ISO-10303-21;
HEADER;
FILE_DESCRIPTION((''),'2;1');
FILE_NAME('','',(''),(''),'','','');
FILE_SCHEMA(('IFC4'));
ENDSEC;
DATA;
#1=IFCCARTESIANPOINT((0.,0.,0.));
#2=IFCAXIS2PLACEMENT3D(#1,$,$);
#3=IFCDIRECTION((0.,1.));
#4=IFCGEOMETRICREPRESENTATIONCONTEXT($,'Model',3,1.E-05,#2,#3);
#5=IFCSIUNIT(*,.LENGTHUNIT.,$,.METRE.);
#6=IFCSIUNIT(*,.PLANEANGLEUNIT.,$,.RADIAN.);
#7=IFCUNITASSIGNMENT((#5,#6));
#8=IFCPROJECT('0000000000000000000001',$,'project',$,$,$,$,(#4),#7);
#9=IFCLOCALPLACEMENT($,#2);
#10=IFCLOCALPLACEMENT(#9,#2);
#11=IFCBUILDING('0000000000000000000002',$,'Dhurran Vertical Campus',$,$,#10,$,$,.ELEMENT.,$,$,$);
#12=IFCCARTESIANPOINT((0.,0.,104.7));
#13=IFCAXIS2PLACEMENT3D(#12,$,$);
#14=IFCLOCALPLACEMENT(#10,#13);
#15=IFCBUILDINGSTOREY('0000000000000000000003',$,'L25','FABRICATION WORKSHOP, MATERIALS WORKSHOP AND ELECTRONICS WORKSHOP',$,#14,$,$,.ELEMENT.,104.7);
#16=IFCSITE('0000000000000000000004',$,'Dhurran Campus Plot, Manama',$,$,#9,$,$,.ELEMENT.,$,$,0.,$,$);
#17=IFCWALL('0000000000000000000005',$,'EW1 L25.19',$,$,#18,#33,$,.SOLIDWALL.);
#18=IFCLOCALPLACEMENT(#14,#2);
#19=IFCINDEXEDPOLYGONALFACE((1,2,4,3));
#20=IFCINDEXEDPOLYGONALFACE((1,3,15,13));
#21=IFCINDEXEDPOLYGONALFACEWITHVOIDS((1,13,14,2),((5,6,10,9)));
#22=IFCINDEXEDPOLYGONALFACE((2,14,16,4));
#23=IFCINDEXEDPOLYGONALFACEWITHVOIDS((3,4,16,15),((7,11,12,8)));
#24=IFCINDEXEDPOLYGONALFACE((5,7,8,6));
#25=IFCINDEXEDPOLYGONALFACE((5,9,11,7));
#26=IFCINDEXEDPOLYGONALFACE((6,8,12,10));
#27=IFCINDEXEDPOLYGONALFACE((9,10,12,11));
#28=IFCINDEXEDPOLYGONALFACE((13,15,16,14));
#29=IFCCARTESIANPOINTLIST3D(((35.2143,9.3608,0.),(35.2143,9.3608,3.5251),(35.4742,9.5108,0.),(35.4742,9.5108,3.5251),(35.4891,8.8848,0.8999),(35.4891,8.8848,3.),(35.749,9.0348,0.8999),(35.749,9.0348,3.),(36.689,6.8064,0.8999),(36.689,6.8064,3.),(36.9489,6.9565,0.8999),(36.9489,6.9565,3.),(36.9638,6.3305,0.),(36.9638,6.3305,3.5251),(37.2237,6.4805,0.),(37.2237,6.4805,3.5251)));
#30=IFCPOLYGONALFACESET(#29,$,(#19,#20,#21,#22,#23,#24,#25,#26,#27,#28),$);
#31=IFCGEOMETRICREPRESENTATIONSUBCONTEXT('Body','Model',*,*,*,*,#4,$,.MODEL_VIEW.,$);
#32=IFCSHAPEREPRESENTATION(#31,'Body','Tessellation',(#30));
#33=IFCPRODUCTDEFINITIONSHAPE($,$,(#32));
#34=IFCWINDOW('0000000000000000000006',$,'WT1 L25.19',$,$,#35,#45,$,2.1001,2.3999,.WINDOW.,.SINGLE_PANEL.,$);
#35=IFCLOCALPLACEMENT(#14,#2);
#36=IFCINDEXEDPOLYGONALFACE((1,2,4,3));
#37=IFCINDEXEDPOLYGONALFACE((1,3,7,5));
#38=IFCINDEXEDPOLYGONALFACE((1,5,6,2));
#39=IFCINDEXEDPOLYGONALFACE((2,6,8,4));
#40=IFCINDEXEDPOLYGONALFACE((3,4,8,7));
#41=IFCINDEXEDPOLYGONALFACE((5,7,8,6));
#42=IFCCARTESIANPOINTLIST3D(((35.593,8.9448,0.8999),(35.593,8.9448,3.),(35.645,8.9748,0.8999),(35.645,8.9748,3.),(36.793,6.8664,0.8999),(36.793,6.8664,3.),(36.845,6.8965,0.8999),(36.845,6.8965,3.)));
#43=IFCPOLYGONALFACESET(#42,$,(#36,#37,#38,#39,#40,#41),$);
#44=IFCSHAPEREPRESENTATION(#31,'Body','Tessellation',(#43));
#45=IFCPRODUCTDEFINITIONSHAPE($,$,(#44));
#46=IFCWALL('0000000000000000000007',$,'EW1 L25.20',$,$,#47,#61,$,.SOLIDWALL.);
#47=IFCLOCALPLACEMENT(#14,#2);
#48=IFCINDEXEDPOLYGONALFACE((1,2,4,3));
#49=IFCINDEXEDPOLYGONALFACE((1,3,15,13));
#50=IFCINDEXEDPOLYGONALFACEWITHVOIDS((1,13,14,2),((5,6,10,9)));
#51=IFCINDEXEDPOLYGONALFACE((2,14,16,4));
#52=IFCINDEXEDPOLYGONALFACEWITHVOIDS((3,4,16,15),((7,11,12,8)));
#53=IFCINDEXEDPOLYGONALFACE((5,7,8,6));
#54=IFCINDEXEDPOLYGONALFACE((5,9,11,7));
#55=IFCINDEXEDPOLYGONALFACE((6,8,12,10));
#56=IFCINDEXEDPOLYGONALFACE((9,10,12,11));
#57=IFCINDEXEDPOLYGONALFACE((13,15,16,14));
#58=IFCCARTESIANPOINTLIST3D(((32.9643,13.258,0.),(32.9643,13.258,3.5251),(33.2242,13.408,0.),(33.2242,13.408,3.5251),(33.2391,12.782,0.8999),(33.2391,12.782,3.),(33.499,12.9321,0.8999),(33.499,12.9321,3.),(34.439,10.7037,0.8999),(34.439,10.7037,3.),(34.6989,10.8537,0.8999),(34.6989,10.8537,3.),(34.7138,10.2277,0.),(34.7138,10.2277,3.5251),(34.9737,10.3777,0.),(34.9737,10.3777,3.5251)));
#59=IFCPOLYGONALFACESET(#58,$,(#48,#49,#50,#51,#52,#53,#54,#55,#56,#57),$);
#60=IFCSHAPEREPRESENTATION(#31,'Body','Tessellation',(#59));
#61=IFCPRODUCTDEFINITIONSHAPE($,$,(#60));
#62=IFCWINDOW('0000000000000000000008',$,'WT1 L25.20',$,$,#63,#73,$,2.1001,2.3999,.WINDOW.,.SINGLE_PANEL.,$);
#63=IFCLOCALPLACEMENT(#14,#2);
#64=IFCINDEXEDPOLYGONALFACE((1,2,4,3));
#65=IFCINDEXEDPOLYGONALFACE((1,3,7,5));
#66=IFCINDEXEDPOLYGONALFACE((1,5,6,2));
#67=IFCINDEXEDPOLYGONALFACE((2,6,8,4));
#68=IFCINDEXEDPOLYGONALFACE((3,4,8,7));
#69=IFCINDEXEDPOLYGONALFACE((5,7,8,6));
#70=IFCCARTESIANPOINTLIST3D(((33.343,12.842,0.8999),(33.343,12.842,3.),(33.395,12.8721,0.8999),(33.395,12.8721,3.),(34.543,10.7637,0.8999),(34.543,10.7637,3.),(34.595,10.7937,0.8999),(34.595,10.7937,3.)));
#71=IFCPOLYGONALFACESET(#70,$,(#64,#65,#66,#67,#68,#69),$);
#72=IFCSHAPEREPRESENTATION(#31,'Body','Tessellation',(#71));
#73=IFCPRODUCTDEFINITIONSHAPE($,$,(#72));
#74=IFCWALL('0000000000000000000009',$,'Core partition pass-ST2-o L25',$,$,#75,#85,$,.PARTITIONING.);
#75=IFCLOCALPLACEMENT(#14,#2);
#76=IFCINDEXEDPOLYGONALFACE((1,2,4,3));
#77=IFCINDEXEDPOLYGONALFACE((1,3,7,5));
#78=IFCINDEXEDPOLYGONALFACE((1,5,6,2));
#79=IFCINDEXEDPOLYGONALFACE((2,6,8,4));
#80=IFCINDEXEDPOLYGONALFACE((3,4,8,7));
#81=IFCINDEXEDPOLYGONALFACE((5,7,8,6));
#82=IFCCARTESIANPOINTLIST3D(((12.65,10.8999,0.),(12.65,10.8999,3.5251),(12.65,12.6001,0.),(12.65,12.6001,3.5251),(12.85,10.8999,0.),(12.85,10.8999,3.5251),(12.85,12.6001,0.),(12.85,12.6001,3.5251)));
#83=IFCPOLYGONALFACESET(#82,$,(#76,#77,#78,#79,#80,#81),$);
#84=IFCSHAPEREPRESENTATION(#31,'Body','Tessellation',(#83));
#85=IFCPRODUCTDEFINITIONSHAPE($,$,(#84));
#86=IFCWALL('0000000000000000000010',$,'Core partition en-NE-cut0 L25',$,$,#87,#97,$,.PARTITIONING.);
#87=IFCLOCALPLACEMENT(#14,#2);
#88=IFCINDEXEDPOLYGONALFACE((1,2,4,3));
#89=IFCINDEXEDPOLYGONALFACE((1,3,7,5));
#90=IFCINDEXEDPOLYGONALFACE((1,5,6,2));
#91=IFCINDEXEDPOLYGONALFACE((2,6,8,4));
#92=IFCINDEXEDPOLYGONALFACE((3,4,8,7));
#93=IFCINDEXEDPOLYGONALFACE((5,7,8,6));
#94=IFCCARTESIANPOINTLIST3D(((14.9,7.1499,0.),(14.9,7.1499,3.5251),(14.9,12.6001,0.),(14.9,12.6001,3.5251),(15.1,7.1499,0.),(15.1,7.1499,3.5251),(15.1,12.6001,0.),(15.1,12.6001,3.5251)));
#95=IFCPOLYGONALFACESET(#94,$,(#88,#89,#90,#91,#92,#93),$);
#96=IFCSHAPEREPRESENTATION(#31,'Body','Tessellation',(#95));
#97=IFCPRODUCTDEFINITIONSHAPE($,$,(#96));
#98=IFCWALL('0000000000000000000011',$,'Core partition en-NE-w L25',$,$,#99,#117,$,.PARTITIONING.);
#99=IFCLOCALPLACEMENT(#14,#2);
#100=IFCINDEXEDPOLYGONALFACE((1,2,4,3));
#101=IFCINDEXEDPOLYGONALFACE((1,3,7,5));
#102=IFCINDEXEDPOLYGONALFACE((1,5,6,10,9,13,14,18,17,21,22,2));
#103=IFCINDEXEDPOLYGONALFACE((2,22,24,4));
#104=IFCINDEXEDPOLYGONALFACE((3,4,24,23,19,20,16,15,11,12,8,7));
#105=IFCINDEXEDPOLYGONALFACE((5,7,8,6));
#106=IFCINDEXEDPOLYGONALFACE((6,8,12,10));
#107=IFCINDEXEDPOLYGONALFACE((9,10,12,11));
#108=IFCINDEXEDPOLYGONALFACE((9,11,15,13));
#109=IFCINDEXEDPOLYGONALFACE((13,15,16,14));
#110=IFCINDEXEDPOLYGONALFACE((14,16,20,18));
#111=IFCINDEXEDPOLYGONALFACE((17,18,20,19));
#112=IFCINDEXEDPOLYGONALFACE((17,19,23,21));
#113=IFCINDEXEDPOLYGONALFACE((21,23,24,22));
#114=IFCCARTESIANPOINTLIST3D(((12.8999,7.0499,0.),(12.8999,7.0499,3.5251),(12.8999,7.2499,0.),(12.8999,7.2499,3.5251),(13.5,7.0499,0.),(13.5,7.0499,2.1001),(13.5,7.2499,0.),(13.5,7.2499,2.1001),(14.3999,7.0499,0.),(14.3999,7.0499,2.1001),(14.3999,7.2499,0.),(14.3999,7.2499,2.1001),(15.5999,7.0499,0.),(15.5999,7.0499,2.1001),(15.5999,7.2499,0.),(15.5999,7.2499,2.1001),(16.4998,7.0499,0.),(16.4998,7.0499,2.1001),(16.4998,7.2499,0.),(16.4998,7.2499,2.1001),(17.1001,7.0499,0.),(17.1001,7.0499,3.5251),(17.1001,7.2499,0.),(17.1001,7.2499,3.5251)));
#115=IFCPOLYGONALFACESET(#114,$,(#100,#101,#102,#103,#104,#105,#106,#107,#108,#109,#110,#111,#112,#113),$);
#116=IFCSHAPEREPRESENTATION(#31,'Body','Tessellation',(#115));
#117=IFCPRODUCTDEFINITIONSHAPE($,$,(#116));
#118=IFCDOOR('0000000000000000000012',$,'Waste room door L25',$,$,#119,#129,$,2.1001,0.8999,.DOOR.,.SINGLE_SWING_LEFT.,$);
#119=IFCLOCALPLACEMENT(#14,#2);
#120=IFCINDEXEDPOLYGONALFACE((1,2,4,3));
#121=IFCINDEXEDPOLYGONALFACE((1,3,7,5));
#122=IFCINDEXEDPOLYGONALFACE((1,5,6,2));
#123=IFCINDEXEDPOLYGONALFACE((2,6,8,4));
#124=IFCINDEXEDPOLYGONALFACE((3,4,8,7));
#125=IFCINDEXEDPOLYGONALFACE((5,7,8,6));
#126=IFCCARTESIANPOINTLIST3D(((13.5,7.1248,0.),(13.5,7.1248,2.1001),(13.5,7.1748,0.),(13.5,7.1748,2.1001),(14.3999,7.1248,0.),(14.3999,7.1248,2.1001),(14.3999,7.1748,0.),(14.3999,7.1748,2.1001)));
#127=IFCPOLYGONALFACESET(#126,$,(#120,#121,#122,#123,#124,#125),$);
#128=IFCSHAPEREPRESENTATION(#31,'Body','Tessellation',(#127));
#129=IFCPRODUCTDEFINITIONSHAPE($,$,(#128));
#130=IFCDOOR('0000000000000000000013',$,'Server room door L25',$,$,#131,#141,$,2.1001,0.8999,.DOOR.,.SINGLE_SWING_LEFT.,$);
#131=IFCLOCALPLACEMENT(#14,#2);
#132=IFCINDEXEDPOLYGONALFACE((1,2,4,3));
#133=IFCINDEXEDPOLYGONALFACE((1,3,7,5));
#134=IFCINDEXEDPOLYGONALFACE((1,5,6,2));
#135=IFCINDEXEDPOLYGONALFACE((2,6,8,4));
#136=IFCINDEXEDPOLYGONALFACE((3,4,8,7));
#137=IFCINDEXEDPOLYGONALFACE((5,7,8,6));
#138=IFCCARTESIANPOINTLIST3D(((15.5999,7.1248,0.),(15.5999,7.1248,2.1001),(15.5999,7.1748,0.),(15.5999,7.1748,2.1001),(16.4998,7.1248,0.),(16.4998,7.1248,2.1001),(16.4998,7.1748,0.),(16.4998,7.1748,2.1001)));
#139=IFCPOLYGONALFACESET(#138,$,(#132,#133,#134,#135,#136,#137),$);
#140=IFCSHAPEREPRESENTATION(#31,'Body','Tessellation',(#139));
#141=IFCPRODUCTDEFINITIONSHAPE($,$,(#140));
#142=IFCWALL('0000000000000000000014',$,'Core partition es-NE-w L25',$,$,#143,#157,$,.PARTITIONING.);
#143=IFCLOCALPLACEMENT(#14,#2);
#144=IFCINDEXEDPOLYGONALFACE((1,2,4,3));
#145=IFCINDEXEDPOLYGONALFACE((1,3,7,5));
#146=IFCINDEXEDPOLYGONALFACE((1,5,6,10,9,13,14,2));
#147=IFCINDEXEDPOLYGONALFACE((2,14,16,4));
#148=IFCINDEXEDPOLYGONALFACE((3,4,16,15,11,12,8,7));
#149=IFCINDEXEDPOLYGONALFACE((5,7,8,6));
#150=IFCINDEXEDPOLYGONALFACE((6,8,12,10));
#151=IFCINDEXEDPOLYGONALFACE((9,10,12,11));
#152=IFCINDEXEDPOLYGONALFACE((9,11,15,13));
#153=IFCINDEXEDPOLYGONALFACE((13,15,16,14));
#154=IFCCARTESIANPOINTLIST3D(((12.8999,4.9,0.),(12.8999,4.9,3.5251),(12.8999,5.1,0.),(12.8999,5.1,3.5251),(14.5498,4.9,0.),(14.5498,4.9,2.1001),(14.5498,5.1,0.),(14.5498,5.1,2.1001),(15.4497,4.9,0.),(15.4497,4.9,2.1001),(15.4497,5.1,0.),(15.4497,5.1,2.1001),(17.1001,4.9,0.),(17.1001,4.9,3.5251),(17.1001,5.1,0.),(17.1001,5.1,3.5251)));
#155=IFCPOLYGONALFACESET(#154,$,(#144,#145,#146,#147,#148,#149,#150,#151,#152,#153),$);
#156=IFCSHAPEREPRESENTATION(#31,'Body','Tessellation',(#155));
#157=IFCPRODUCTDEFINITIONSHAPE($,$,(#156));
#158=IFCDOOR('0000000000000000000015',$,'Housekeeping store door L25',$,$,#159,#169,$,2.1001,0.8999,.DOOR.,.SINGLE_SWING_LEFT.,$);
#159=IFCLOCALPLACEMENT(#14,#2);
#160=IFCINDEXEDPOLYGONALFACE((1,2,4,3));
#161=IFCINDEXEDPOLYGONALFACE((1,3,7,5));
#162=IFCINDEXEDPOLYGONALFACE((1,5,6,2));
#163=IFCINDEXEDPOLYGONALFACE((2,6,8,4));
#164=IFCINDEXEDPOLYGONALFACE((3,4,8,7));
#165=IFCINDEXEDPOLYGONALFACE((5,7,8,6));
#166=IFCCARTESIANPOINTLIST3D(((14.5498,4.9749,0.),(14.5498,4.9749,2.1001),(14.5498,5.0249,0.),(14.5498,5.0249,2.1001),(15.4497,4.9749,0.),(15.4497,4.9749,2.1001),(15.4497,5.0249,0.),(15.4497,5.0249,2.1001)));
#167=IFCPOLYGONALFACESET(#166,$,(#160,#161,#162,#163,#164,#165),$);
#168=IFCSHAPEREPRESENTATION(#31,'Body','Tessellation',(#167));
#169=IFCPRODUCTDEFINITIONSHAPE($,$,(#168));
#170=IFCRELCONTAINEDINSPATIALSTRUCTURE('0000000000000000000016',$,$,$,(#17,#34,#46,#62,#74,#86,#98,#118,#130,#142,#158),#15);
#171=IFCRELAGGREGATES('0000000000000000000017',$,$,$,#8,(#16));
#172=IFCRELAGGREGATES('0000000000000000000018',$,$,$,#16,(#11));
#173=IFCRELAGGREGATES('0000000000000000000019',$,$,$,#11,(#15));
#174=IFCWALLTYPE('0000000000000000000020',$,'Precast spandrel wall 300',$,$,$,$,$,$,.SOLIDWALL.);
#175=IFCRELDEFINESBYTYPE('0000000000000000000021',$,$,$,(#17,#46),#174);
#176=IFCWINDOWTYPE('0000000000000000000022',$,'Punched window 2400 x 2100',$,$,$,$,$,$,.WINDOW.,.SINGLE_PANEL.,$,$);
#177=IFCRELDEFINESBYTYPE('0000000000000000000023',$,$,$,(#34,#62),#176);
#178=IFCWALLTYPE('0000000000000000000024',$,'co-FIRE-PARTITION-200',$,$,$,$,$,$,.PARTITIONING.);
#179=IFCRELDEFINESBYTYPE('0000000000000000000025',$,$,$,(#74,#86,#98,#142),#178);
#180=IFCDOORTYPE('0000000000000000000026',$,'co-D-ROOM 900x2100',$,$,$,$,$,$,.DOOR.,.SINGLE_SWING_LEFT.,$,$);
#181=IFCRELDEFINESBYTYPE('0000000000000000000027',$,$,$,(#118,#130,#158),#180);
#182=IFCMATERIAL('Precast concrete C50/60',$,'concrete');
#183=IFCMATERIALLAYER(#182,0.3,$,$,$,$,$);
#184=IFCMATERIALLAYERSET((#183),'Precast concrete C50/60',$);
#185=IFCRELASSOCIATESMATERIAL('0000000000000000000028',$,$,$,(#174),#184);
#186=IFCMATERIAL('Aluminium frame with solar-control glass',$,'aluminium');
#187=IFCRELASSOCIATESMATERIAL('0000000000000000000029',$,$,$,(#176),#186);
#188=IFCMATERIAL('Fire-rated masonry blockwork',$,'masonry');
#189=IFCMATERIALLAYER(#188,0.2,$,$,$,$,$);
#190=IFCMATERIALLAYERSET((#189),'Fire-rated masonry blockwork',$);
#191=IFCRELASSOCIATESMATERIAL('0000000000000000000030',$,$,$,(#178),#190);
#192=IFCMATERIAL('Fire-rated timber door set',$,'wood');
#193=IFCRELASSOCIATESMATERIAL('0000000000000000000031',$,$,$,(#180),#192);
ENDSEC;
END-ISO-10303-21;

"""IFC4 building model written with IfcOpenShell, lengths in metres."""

from ifc_helpers import new_model, si_unit, direction, frame, frame_2d, origin, place, context, subcontext, project, spatial, rectangle, extrude, material, layer, layer_set, type_object, element, fill, save


model = new_model("IFC4")

# Units and contexts
model_context = context("Model", 3, precision=1e-05, world=origin(), true_north=direction((0.0, 1.0)))
body_context = subcontext(model_context, "Body", "Model", "MODEL_VIEW")
ifc_project = project(units=[si_unit("LENGTHUNIT", "METRE"), si_unit("PLANEANGLEUNIT", "RADIAN")], contexts=[model_context])

# Site, building, storey
site_placement = place(None, origin())
site = spatial("IfcSite", under=ifc_project, at=site_placement, Name="Dhurran Campus Plot, Manama", CompositionType="ELEMENT", RefElevation=0.0)
building_placement = place(site_placement, origin())
building = spatial("IfcBuilding", under=site, at=building_placement, Name="Dhurran Vertical Campus", CompositionType="ELEMENT")
storey_placement = place(building_placement, frame((0.0, 0.0, 104.7)))
storey = spatial("IfcBuildingStorey", under=building, at=storey_placement, Name="L25", Description="FABRICATION WORKSHOP, MATERIALS WORKSHOP AND ELECTRONICS WORKSHOP", CompositionType="ELEMENT", Elevation=104.7)

# Walls, openings, windows
ifc_material_1 = material(Name="Precast concrete C50/60", Category="concrete")
ifc_layer_1 = layer(ifc_material_1, 0.3)
ifc_layer_set_1 = layer_set([ifc_layer_1], Name="Precast concrete C50/60")
wall_type_1 = type_object("IfcWallType", Name="Precast spandrel wall 300", PredefinedType="SOLIDWALL", material=ifc_layer_set_1)
ifc_material_2 = material(Name="Aluminium frame with solar-control glass", Category="aluminium")
window_type = type_object("IfcWindowType", Name="Punched window 2400 x 2100", PartitioningType="SINGLE_PANEL", PredefinedType="WINDOW", material=ifc_material_2)
wall_1_placement = place(storey_placement, frame((37.0938, 6.4055, 0.0), z_axis=(0.0, 0.0, 1.0), x_axis=(-0.499996, 0.866028, 0.0)))
wall_1 = element("IfcWall", 1, at=wall_1_placement, inside=storey, type_object=wall_type_1, Name="EW1 L25.19", PredefinedType="SOLIDWALL", context=body_context, shape_type="SweptSolid", body=[
    extrude(rectangle(XDim=3.499, YDim=0.3, at=frame_2d((1.7495, 0.0))), origin(), (0.0, 0.0, 1.0), 3.5251),
])
opening_1_placement = place(wall_1_placement, frame((0.5496, 0.0, 0.8999)))
opening_1 = element("IfcOpeningElement", 2, at=opening_1_placement, cuts=wall_1, PredefinedType="OPENING", context=body_context, shape_type="SweptSolid", body=[
    extrude(rectangle(XDim=2.3999, YDim=2.1001, at=frame_2d((1.2, 1.05))), frame((0.0, 0.1599, 0.0), z_axis=(0.0, -1.0, 0.0), x_axis=(1.0, 0.0, 0.0)), (0.0, 0.0, 1.0), 0.3201),
])
window_1_placement = place(opening_1_placement, origin())
window_1 = element("IfcWindow", 3, at=window_1_placement, inside=storey, type_object=window_type, Name="WT1 L25.19", OverallHeight=2.1001, OverallWidth=2.3999, PartitioningType="SINGLE_PANEL", PredefinedType="WINDOW", context=body_context, shape_type="SweptSolid", body=[
    extrude(rectangle(XDim=2.3999, YDim=2.1001, at=frame_2d((1.2, 1.05))), frame((0.0, 0.03, 0.0), z_axis=(0.0, -1.0, 0.0), x_axis=(1.0, 0.0, 0.0)), (0.0, 0.0, 1.0), 0.0601),
])
fill(opening_1, window_1)
wall_2_placement = place(storey_placement, frame((34.8438, 10.3027, 0.0), z_axis=(0.0, 0.0, 1.0), x_axis=(-0.499996, 0.866028, 0.0)))
wall_2 = element("IfcWall", 4, at=wall_2_placement, inside=storey, type_object=wall_type_1, Name="EW1 L25.20", PredefinedType="SOLIDWALL", context=body_context, shape_type="SweptSolid", body=[
    extrude(rectangle(XDim=3.499, YDim=0.3, at=frame_2d((1.7495, 0.0))), origin(), (0.0, 0.0, 1.0), 3.5251),
])
opening_2_placement = place(wall_2_placement, frame((0.5496, 0.0, 0.8999)))
opening_2 = element("IfcOpeningElement", 5, at=opening_2_placement, cuts=wall_2, PredefinedType="OPENING", context=body_context, shape_type="SweptSolid", body=[
    extrude(rectangle(XDim=2.3999, YDim=2.1001, at=frame_2d((1.2, 1.05))), frame((0.0, 0.1599, 0.0), z_axis=(0.0, -1.0, 0.0), x_axis=(1.0, 0.0, 0.0)), (0.0, 0.0, 1.0), 0.3201),
])
window_2_placement = place(opening_2_placement, origin())
window_2 = element("IfcWindow", 6, at=window_2_placement, inside=storey, type_object=window_type, Name="WT1 L25.20", OverallHeight=2.1001, OverallWidth=2.3999, PartitioningType="SINGLE_PANEL", PredefinedType="WINDOW", context=body_context, shape_type="SweptSolid", body=[
    extrude(rectangle(XDim=2.3999, YDim=2.1001, at=frame_2d((1.2, 1.05))), frame((0.0, 0.03, 0.0), z_axis=(0.0, -1.0, 0.0), x_axis=(1.0, 0.0, 0.0)), (0.0, 0.0, 1.0), 0.0601),
])
fill(opening_2, window_2)

# Walls
ifc_material_3 = material(Name="Fire-rated masonry blockwork", Category="masonry")
ifc_layer_2 = layer(ifc_material_3, 0.2)
ifc_layer_set_2 = layer_set([ifc_layer_2], Name="Fire-rated masonry blockwork")
wall_type_2 = type_object("IfcWallType", Name="co-FIRE-PARTITION-200", PredefinedType="PARTITIONING", material=ifc_layer_set_2)
wall_3_placement = place(storey_placement, frame((12.75, 10.8999, 0.0), z_axis=(0.0, 0.0, 1.0), x_axis=(0.0, 1.0, 0.0)))
element("IfcWall", 7, at=wall_3_placement, inside=storey, type_object=wall_type_2, Name="Core partition pass-ST2-o L25", PredefinedType="PARTITIONING", context=body_context, shape_type="SweptSolid", body=[
    extrude(rectangle(XDim=1.7002, YDim=0.2, at=frame_2d((0.8501, 0.0))), origin(), (0.0, 0.0, 1.0), 3.5251),
])
wall_4_placement = place(storey_placement, frame((15.0, 7.1499, 0.0), z_axis=(0.0, 0.0, 1.0), x_axis=(0.0, 1.0, 0.0)))
element("IfcWall", 8, at=wall_4_placement, inside=storey, type_object=wall_type_2, Name="Core partition en-NE-cut0 L25", PredefinedType="PARTITIONING", context=body_context, shape_type="SweptSolid", body=[
    extrude(rectangle(XDim=5.4502, YDim=0.2, at=frame_2d((2.7251, 0.0))), origin(), (0.0, 0.0, 1.0), 3.5251),
])

# Wall, openings, doors
wall_5_placement = place(storey_placement, frame((12.8999, 7.1499, 0.0), z_axis=(0.0, 0.0, 1.0), x_axis=(1.0, 0.0, 0.0)))
wall_5 = element("IfcWall", 9, at=wall_5_placement, inside=storey, type_object=wall_type_2, Name="Core partition en-NE-w L25", PredefinedType="PARTITIONING", context=body_context, shape_type="SweptSolid", body=[
    extrude(rectangle(XDim=4.2002, YDim=0.2, at=frame_2d((2.1001, 0.0))), origin(), (0.0, 0.0, 1.0), 3.5251),
])
opening_3_placement = place(wall_5_placement, frame((0.6001, 0.0, 0.0)))
opening_3 = element("IfcOpeningElement", 10, at=opening_3_placement, cuts=wall_5, PredefinedType="OPENING", context=body_context, shape_type="SweptSolid", body=[
    extrude(rectangle(XDim=0.8999, YDim=2.1001, at=frame_2d((0.45, 1.05))), frame((0.0, 0.1099, 0.0), z_axis=(0.0, -1.0, 0.0), x_axis=(1.0, 0.0, 0.0)), (0.0, 0.0, 1.0), 0.22),
])
opening_4_placement = place(wall_5_placement, frame((2.7, 0.0, 0.0)))
opening_4 = element("IfcOpeningElement", 11, at=opening_4_placement, cuts=wall_5, PredefinedType="OPENING", context=body_context, shape_type="SweptSolid", body=[
    extrude(rectangle(XDim=0.8999, YDim=2.1001, at=frame_2d((0.45, 1.05))), frame((0.0, 0.1099, 0.0), z_axis=(0.0, -1.0, 0.0), x_axis=(1.0, 0.0, 0.0)), (0.0, 0.0, 1.0), 0.22),
])
ifc_material_4 = material(Name="Fire-rated timber door set", Category="wood")
door_type_1 = type_object("IfcDoorType", Name="co-D-ROOM 900x2100", OperationType="SINGLE_SWING_LEFT", PredefinedType="DOOR", material=ifc_material_4)
door_1_placement = place(opening_3_placement, origin())
door_1 = element("IfcDoor", 12, at=door_1_placement, inside=storey, type_object=door_type_1, Name="Waste room door L25", OperationType="SINGLE_SWING_LEFT", OverallHeight=2.1001, OverallWidth=0.8999, PredefinedType="DOOR", context=body_context, shape_type="SweptSolid", body=[
    extrude(rectangle(XDim=0.8999, YDim=2.1001, at=frame_2d((0.45, 1.05))), frame((0.0, 0.0249, 0.0), z_axis=(0.0, -1.0, 0.0), x_axis=(1.0, 0.0, 0.0)), (0.0, 0.0, 1.0), 0.05),
])
fill(opening_3, door_1)
door_2_placement = place(opening_4_placement, origin())
door_2 = element("IfcDoor", 13, at=door_2_placement, inside=storey, type_object=door_type_1, Name="Server room door L25", OperationType="SINGLE_SWING_LEFT", OverallHeight=2.1001, OverallWidth=0.8999, PredefinedType="DOOR", context=body_context, shape_type="SweptSolid", body=[
    extrude(rectangle(XDim=0.8999, YDim=2.1001, at=frame_2d((0.45, 1.05))), frame((0.0, 0.0249, 0.0), z_axis=(0.0, -1.0, 0.0), x_axis=(1.0, 0.0, 0.0)), (0.0, 0.0, 1.0), 0.05),
])
fill(opening_4, door_2)

# Wall, opening, door
wall_6_placement = place(storey_placement, frame((12.8999, 5.0, 0.0), z_axis=(0.0, 0.0, 1.0), x_axis=(1.0, 0.0, 0.0)))
wall_6 = element("IfcWall", 14, at=wall_6_placement, inside=storey, type_object=wall_type_2, Name="Core partition es-NE-w L25", PredefinedType="PARTITIONING", context=body_context, shape_type="SweptSolid", body=[
    extrude(rectangle(XDim=4.2002, YDim=0.2, at=frame_2d((2.1001, 0.0))), origin(), (0.0, 0.0, 1.0), 3.5251),
])
opening_5_placement = place(wall_6_placement, frame((1.6499, 0.0, 0.0)))
opening_5 = element("IfcOpeningElement", 15, at=opening_5_placement, cuts=wall_6, PredefinedType="OPENING", context=body_context, shape_type="SweptSolid", body=[
    extrude(rectangle(XDim=0.8999, YDim=2.1001, at=frame_2d((0.45, 1.05))), frame((0.0, 0.1099, 0.0), z_axis=(0.0, -1.0, 0.0), x_axis=(1.0, 0.0, 0.0)), (0.0, 0.0, 1.0), 0.22),
])
door_3_placement = place(opening_5_placement, origin())
door_3 = element("IfcDoor", 16, at=door_3_placement, inside=storey, type_object=door_type_1, Name="Housekeeping store door L25", OperationType="SINGLE_SWING_LEFT", OverallHeight=2.1001, OverallWidth=0.8999, PredefinedType="DOOR", context=body_context, shape_type="SweptSolid", body=[
    extrude(rectangle(XDim=0.8999, YDim=2.1001, at=frame_2d((0.45, 1.05))), frame((0.0, 0.0249, 0.0), z_axis=(0.0, -1.0, 0.0), x_axis=(1.0, 0.0, 0.0)), (0.0, 0.0, 1.0), 0.05),
])
fill(opening_5, door_3)

save(model, "model.ifc")
